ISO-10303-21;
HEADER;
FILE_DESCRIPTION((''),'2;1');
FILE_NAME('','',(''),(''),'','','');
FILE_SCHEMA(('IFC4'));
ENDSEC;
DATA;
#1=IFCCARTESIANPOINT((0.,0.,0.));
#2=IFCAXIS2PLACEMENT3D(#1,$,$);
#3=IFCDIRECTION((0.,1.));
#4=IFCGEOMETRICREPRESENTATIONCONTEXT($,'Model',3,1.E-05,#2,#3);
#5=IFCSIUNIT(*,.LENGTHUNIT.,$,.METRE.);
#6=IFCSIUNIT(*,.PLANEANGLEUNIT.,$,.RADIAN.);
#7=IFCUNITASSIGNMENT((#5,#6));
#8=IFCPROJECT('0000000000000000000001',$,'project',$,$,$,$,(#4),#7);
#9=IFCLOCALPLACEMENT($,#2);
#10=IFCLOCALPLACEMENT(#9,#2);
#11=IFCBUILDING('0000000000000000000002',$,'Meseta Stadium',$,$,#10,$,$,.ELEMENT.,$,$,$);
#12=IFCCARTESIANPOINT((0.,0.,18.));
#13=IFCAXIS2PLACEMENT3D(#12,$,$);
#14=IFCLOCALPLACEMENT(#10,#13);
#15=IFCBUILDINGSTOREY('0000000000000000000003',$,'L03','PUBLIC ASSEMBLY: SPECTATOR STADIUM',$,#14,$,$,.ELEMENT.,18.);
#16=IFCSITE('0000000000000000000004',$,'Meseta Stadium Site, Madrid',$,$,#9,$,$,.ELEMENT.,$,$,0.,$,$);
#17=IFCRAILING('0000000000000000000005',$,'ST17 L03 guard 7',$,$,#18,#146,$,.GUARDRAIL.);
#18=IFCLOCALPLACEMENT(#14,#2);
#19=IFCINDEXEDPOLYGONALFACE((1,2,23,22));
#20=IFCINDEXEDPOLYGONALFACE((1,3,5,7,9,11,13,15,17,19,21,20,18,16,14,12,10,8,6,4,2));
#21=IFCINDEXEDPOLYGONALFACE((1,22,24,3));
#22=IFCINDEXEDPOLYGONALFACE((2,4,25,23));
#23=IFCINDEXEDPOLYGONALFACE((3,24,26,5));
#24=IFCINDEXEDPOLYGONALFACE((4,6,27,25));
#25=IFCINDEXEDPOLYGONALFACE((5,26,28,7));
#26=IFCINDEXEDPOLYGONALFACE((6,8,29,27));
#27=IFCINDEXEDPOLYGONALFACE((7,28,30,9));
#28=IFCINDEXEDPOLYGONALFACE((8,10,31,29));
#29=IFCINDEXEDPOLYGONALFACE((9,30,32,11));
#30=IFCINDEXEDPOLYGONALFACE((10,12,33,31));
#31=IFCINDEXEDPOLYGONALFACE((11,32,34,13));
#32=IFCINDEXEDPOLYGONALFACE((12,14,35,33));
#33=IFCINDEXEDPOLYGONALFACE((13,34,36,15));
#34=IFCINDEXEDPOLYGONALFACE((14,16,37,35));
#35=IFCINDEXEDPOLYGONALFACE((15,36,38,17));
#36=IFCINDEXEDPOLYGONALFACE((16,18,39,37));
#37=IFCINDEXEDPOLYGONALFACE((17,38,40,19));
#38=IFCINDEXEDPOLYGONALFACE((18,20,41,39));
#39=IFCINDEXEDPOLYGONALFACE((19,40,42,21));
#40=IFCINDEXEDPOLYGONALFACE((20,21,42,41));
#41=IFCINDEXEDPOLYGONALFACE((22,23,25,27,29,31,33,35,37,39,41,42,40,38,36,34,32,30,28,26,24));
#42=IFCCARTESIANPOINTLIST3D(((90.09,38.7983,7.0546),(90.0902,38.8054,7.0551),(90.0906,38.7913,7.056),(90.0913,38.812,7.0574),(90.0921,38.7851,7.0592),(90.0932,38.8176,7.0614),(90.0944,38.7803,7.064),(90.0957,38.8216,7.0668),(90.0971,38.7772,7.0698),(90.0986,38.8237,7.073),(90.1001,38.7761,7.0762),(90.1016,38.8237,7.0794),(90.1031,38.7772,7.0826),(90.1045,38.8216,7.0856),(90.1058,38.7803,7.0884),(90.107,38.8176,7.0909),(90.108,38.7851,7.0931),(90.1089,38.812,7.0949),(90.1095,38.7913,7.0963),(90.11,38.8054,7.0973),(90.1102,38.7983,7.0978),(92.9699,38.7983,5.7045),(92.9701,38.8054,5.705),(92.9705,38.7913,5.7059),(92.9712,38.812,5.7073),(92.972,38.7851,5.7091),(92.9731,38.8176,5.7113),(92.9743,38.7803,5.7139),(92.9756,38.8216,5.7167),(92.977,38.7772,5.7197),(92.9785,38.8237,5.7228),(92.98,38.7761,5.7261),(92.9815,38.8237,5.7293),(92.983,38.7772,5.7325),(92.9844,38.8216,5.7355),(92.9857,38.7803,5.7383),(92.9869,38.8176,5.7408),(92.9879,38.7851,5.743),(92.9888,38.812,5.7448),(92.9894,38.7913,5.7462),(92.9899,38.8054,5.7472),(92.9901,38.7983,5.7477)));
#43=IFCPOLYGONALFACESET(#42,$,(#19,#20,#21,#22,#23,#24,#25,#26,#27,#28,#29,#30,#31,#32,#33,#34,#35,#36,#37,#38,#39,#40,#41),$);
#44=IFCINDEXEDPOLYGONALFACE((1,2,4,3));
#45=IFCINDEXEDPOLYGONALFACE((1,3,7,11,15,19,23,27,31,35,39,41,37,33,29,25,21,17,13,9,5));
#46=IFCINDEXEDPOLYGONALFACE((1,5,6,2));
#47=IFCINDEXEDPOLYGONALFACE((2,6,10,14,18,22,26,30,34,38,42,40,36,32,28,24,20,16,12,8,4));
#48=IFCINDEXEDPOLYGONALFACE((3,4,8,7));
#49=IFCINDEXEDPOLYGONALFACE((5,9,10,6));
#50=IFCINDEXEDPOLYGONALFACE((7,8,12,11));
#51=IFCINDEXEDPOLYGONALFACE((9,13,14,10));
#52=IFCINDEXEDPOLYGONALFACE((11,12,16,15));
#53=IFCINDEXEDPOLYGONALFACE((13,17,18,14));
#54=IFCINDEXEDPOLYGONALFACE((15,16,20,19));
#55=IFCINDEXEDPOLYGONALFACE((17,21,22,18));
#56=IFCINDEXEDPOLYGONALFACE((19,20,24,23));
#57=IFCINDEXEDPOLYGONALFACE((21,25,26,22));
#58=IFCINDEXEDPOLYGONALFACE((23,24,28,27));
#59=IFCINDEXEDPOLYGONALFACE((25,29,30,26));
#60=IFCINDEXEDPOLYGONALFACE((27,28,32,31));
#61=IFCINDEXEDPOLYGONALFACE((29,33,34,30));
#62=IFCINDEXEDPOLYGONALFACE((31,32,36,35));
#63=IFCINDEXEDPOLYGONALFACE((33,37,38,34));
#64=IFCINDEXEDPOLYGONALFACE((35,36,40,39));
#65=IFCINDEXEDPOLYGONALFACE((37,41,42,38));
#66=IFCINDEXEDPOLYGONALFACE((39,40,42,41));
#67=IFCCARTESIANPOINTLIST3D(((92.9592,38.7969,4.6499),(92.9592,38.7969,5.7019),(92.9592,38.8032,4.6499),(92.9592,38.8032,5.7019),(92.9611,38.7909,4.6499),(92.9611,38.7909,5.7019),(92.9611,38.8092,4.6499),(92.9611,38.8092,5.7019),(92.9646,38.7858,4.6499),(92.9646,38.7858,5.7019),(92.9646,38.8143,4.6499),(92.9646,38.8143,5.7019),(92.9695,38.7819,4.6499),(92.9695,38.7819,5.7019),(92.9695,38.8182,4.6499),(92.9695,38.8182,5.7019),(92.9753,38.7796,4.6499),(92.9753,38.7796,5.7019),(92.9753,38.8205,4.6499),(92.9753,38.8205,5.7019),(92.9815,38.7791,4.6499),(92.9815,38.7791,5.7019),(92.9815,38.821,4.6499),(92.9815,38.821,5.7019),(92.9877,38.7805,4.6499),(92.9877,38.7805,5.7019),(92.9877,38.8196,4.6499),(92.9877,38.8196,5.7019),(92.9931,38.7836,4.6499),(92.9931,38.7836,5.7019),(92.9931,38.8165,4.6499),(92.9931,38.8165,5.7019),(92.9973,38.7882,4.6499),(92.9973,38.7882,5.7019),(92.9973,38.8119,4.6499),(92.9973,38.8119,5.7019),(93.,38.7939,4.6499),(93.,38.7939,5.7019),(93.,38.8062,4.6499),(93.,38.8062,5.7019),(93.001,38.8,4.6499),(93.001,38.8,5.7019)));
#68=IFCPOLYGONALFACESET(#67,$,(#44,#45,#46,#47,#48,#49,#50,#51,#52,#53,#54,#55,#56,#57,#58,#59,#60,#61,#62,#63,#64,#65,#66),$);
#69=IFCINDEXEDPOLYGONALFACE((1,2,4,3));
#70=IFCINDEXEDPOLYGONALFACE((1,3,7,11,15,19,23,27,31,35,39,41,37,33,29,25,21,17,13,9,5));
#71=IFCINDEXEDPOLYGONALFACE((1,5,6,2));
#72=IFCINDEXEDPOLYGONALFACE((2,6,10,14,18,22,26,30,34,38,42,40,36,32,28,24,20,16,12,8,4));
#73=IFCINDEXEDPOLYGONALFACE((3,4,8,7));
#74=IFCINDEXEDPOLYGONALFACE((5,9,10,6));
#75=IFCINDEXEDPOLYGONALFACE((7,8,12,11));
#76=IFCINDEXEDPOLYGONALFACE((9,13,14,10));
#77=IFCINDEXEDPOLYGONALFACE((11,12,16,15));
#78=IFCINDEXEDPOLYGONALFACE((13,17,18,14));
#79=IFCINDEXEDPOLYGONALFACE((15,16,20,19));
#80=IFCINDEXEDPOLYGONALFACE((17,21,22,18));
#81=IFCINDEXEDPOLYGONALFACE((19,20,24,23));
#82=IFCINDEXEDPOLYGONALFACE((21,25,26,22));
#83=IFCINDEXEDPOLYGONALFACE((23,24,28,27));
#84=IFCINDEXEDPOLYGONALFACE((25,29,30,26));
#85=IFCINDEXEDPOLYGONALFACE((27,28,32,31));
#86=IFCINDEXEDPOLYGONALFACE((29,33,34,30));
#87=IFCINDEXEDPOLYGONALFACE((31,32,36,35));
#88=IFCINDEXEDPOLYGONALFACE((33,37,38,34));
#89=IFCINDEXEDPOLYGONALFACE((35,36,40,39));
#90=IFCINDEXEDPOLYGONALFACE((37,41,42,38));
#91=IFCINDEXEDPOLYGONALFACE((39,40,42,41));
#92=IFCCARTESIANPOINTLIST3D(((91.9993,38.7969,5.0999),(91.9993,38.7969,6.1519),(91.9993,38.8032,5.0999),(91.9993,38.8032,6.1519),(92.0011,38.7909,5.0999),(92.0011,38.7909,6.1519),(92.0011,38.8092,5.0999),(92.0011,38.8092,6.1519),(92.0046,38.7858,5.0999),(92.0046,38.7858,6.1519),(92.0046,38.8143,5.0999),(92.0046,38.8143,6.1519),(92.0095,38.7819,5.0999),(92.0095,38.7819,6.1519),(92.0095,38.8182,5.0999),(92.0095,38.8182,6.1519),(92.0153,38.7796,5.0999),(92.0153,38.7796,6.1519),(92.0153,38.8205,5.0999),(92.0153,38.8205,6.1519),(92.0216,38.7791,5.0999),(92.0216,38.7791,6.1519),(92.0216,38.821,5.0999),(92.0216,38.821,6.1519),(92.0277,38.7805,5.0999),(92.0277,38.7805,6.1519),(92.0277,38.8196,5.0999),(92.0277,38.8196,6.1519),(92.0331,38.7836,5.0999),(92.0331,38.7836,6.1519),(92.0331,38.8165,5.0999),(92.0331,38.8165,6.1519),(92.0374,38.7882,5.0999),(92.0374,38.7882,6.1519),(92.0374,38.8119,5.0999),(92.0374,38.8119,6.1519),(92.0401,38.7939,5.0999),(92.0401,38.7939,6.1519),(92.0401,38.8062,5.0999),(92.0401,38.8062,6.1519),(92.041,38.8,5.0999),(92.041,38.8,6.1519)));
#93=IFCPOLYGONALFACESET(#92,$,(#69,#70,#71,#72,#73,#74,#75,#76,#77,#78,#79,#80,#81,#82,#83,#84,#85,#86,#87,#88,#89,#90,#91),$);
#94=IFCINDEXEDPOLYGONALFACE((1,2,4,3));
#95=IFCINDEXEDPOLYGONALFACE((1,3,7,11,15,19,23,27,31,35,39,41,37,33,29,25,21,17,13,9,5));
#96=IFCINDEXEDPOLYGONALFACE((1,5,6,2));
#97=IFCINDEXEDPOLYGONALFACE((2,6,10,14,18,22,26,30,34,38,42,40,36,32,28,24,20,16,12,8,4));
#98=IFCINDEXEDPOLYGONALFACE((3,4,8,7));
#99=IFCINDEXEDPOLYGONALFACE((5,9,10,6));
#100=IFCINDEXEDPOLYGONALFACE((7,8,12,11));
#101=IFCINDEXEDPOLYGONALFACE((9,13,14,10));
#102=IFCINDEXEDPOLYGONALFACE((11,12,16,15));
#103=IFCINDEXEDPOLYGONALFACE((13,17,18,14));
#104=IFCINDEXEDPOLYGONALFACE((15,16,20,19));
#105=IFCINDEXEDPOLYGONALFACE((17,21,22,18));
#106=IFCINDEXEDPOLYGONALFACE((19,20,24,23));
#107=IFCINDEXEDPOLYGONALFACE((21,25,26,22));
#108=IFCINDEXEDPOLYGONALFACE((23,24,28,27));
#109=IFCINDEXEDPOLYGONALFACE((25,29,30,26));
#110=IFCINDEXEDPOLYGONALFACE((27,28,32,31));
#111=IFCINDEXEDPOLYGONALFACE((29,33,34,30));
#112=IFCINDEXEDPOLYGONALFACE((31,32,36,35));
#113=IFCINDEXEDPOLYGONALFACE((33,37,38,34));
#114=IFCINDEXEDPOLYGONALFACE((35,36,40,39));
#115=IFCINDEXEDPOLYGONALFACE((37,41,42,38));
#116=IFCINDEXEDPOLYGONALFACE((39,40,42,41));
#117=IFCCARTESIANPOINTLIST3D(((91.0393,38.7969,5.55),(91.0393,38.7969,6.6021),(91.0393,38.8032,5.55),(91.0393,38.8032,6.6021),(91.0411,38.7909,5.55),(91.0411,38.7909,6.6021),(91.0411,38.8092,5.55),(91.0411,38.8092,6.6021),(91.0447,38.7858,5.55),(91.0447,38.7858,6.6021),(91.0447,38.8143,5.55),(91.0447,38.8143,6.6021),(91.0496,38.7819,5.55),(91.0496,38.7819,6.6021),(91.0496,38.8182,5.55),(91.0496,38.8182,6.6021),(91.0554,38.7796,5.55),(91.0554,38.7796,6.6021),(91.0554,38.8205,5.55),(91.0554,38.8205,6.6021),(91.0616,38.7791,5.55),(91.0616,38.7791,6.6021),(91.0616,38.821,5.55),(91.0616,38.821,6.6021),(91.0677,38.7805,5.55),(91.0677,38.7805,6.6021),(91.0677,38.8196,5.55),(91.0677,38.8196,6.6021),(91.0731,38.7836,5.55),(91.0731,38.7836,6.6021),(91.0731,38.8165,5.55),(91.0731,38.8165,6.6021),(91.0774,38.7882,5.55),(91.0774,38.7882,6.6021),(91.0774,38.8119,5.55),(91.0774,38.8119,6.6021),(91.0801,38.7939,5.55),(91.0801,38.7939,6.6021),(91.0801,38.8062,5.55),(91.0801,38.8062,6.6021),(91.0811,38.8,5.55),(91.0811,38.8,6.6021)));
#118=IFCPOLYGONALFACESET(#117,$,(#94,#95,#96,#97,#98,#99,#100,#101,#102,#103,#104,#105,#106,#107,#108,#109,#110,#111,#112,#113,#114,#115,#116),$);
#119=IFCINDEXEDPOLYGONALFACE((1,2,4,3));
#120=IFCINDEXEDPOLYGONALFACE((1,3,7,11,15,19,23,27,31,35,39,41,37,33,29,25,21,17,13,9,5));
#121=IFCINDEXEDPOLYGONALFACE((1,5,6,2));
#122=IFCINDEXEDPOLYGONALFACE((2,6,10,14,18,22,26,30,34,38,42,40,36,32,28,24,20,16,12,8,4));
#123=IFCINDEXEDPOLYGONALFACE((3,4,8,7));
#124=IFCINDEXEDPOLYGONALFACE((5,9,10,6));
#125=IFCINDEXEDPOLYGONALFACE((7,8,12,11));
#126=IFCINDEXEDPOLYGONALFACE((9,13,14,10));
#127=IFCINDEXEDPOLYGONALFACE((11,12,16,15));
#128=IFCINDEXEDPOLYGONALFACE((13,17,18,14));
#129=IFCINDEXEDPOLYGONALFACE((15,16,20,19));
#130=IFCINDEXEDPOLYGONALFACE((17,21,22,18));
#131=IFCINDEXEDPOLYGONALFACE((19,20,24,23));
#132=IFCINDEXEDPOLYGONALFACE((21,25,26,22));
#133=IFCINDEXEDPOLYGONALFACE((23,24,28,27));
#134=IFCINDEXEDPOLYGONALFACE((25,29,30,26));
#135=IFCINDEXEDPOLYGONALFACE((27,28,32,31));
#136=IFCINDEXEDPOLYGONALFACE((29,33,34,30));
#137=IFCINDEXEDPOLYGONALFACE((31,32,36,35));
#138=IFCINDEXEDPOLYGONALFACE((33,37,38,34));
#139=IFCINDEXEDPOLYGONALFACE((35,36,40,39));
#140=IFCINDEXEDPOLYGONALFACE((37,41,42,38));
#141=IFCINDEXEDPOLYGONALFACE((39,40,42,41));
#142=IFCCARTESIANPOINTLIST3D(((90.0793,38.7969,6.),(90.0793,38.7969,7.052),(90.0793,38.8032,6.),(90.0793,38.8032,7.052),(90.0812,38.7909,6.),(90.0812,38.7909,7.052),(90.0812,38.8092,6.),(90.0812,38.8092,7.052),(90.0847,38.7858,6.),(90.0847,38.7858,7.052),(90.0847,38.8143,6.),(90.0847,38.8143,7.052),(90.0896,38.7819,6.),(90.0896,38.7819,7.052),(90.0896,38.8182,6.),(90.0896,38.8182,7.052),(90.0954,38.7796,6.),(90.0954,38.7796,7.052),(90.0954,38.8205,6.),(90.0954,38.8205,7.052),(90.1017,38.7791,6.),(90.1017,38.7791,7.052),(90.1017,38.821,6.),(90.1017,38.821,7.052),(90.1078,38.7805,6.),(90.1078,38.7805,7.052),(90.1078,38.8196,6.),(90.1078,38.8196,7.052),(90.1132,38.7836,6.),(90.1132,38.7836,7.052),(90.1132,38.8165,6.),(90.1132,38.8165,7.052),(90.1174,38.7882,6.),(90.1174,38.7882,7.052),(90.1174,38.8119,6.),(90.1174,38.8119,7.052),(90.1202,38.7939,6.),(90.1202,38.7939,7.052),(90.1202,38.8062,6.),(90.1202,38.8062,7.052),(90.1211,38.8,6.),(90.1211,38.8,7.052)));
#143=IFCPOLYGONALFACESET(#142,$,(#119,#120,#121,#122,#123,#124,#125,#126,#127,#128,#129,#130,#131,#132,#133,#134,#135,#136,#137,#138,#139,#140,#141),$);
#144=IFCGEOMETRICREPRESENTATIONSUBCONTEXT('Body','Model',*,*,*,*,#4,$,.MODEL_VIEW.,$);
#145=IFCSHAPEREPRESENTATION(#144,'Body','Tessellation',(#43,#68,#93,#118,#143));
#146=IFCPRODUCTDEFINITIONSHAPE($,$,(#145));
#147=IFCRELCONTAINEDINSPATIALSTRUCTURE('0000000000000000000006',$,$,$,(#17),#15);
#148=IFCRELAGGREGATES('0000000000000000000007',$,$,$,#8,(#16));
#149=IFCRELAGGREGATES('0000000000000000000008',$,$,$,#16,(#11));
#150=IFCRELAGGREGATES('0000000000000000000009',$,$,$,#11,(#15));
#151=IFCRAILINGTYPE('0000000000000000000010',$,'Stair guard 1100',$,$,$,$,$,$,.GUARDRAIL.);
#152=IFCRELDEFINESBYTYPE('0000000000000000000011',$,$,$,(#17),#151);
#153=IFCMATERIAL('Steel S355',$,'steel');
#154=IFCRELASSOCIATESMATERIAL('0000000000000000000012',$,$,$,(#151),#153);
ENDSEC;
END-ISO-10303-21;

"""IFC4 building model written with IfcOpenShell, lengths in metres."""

from ifc_helpers import new_model, si_unit, direction, frame, origin, origin_2d, place, context, subcontext, project, spatial, circle, extrude, material, type_object, element, save


model = new_model("IFC4")

# Units and contexts
model_context = context("Model", 3, precision=1e-05, world=origin(), true_north=direction((0.0, 1.0)))
body_context = subcontext(model_context, "Body", "Model", "MODEL_VIEW")
ifc_project = project(units=[si_unit("LENGTHUNIT", "METRE"), si_unit("PLANEANGLEUNIT", "RADIAN")], contexts=[model_context])

# Site, building, storey
site_placement = place(None, origin())
site = spatial("IfcSite", under=ifc_project, at=site_placement, Name="Meseta Stadium Site, Madrid", CompositionType="ELEMENT", RefElevation=0.0)
building_placement = place(site_placement, origin())
building = spatial("IfcBuilding", under=site, at=building_placement, Name="Meseta Stadium", CompositionType="ELEMENT")
storey_placement = place(building_placement, frame((0.0, 0.0, 18.0)))
storey = spatial("IfcBuildingStorey", under=building, at=storey_placement, Name="L03", Description="PUBLIC ASSEMBLY: SPECTATOR STADIUM", CompositionType="ELEMENT", Elevation=18.0)

# Railing
ifc_material_1 = material(Name="Steel S355", Category="steel")
railing_type_1 = type_object("IfcRailingType", Name="Stair guard 1100", PredefinedType="GUARDRAIL", material=ifc_material_1)
railing_1_placement = place(storey_placement, frame((92.98, 38.8, 4.6499)))
element("IfcRailing", 1, at=railing_1_placement, inside=storey, type_object=railing_type_1, Name="ST17 L03 guard 7", PredefinedType="GUARDRAIL", context=body_context, shape_type="SweptSolid", body=[
    extrude(circle(Radius=0.0239, at=origin_2d()), frame((0.0, 0.0, 1.0762), z_axis=(-0.90544, 0.0, 0.424473), x_axis=(0.0, -1.0, 0.0)), (0.0, 0.0, 1.0), 3.1807),
    extrude(circle(Radius=0.021, at=origin_2d()), origin(), (0.0, 0.0, 1.0), 1.052),
    extrude(circle(Radius=0.021, at=origin_2d()), frame((-0.96, 0.0, 0.45)), (0.0, 0.0, 1.0), 1.052),
    extrude(circle(Radius=0.021, at=origin_2d()), frame((-1.9199, 0.0, 0.9001)), (0.0, 0.0, 1.0), 1.052),
    extrude(circle(Radius=0.021, at=origin_2d()), frame((-2.8799, 0.0, 1.3501)), (0.0, 0.0, 1.0), 1.052),
])

save(model, "model.ifc")
